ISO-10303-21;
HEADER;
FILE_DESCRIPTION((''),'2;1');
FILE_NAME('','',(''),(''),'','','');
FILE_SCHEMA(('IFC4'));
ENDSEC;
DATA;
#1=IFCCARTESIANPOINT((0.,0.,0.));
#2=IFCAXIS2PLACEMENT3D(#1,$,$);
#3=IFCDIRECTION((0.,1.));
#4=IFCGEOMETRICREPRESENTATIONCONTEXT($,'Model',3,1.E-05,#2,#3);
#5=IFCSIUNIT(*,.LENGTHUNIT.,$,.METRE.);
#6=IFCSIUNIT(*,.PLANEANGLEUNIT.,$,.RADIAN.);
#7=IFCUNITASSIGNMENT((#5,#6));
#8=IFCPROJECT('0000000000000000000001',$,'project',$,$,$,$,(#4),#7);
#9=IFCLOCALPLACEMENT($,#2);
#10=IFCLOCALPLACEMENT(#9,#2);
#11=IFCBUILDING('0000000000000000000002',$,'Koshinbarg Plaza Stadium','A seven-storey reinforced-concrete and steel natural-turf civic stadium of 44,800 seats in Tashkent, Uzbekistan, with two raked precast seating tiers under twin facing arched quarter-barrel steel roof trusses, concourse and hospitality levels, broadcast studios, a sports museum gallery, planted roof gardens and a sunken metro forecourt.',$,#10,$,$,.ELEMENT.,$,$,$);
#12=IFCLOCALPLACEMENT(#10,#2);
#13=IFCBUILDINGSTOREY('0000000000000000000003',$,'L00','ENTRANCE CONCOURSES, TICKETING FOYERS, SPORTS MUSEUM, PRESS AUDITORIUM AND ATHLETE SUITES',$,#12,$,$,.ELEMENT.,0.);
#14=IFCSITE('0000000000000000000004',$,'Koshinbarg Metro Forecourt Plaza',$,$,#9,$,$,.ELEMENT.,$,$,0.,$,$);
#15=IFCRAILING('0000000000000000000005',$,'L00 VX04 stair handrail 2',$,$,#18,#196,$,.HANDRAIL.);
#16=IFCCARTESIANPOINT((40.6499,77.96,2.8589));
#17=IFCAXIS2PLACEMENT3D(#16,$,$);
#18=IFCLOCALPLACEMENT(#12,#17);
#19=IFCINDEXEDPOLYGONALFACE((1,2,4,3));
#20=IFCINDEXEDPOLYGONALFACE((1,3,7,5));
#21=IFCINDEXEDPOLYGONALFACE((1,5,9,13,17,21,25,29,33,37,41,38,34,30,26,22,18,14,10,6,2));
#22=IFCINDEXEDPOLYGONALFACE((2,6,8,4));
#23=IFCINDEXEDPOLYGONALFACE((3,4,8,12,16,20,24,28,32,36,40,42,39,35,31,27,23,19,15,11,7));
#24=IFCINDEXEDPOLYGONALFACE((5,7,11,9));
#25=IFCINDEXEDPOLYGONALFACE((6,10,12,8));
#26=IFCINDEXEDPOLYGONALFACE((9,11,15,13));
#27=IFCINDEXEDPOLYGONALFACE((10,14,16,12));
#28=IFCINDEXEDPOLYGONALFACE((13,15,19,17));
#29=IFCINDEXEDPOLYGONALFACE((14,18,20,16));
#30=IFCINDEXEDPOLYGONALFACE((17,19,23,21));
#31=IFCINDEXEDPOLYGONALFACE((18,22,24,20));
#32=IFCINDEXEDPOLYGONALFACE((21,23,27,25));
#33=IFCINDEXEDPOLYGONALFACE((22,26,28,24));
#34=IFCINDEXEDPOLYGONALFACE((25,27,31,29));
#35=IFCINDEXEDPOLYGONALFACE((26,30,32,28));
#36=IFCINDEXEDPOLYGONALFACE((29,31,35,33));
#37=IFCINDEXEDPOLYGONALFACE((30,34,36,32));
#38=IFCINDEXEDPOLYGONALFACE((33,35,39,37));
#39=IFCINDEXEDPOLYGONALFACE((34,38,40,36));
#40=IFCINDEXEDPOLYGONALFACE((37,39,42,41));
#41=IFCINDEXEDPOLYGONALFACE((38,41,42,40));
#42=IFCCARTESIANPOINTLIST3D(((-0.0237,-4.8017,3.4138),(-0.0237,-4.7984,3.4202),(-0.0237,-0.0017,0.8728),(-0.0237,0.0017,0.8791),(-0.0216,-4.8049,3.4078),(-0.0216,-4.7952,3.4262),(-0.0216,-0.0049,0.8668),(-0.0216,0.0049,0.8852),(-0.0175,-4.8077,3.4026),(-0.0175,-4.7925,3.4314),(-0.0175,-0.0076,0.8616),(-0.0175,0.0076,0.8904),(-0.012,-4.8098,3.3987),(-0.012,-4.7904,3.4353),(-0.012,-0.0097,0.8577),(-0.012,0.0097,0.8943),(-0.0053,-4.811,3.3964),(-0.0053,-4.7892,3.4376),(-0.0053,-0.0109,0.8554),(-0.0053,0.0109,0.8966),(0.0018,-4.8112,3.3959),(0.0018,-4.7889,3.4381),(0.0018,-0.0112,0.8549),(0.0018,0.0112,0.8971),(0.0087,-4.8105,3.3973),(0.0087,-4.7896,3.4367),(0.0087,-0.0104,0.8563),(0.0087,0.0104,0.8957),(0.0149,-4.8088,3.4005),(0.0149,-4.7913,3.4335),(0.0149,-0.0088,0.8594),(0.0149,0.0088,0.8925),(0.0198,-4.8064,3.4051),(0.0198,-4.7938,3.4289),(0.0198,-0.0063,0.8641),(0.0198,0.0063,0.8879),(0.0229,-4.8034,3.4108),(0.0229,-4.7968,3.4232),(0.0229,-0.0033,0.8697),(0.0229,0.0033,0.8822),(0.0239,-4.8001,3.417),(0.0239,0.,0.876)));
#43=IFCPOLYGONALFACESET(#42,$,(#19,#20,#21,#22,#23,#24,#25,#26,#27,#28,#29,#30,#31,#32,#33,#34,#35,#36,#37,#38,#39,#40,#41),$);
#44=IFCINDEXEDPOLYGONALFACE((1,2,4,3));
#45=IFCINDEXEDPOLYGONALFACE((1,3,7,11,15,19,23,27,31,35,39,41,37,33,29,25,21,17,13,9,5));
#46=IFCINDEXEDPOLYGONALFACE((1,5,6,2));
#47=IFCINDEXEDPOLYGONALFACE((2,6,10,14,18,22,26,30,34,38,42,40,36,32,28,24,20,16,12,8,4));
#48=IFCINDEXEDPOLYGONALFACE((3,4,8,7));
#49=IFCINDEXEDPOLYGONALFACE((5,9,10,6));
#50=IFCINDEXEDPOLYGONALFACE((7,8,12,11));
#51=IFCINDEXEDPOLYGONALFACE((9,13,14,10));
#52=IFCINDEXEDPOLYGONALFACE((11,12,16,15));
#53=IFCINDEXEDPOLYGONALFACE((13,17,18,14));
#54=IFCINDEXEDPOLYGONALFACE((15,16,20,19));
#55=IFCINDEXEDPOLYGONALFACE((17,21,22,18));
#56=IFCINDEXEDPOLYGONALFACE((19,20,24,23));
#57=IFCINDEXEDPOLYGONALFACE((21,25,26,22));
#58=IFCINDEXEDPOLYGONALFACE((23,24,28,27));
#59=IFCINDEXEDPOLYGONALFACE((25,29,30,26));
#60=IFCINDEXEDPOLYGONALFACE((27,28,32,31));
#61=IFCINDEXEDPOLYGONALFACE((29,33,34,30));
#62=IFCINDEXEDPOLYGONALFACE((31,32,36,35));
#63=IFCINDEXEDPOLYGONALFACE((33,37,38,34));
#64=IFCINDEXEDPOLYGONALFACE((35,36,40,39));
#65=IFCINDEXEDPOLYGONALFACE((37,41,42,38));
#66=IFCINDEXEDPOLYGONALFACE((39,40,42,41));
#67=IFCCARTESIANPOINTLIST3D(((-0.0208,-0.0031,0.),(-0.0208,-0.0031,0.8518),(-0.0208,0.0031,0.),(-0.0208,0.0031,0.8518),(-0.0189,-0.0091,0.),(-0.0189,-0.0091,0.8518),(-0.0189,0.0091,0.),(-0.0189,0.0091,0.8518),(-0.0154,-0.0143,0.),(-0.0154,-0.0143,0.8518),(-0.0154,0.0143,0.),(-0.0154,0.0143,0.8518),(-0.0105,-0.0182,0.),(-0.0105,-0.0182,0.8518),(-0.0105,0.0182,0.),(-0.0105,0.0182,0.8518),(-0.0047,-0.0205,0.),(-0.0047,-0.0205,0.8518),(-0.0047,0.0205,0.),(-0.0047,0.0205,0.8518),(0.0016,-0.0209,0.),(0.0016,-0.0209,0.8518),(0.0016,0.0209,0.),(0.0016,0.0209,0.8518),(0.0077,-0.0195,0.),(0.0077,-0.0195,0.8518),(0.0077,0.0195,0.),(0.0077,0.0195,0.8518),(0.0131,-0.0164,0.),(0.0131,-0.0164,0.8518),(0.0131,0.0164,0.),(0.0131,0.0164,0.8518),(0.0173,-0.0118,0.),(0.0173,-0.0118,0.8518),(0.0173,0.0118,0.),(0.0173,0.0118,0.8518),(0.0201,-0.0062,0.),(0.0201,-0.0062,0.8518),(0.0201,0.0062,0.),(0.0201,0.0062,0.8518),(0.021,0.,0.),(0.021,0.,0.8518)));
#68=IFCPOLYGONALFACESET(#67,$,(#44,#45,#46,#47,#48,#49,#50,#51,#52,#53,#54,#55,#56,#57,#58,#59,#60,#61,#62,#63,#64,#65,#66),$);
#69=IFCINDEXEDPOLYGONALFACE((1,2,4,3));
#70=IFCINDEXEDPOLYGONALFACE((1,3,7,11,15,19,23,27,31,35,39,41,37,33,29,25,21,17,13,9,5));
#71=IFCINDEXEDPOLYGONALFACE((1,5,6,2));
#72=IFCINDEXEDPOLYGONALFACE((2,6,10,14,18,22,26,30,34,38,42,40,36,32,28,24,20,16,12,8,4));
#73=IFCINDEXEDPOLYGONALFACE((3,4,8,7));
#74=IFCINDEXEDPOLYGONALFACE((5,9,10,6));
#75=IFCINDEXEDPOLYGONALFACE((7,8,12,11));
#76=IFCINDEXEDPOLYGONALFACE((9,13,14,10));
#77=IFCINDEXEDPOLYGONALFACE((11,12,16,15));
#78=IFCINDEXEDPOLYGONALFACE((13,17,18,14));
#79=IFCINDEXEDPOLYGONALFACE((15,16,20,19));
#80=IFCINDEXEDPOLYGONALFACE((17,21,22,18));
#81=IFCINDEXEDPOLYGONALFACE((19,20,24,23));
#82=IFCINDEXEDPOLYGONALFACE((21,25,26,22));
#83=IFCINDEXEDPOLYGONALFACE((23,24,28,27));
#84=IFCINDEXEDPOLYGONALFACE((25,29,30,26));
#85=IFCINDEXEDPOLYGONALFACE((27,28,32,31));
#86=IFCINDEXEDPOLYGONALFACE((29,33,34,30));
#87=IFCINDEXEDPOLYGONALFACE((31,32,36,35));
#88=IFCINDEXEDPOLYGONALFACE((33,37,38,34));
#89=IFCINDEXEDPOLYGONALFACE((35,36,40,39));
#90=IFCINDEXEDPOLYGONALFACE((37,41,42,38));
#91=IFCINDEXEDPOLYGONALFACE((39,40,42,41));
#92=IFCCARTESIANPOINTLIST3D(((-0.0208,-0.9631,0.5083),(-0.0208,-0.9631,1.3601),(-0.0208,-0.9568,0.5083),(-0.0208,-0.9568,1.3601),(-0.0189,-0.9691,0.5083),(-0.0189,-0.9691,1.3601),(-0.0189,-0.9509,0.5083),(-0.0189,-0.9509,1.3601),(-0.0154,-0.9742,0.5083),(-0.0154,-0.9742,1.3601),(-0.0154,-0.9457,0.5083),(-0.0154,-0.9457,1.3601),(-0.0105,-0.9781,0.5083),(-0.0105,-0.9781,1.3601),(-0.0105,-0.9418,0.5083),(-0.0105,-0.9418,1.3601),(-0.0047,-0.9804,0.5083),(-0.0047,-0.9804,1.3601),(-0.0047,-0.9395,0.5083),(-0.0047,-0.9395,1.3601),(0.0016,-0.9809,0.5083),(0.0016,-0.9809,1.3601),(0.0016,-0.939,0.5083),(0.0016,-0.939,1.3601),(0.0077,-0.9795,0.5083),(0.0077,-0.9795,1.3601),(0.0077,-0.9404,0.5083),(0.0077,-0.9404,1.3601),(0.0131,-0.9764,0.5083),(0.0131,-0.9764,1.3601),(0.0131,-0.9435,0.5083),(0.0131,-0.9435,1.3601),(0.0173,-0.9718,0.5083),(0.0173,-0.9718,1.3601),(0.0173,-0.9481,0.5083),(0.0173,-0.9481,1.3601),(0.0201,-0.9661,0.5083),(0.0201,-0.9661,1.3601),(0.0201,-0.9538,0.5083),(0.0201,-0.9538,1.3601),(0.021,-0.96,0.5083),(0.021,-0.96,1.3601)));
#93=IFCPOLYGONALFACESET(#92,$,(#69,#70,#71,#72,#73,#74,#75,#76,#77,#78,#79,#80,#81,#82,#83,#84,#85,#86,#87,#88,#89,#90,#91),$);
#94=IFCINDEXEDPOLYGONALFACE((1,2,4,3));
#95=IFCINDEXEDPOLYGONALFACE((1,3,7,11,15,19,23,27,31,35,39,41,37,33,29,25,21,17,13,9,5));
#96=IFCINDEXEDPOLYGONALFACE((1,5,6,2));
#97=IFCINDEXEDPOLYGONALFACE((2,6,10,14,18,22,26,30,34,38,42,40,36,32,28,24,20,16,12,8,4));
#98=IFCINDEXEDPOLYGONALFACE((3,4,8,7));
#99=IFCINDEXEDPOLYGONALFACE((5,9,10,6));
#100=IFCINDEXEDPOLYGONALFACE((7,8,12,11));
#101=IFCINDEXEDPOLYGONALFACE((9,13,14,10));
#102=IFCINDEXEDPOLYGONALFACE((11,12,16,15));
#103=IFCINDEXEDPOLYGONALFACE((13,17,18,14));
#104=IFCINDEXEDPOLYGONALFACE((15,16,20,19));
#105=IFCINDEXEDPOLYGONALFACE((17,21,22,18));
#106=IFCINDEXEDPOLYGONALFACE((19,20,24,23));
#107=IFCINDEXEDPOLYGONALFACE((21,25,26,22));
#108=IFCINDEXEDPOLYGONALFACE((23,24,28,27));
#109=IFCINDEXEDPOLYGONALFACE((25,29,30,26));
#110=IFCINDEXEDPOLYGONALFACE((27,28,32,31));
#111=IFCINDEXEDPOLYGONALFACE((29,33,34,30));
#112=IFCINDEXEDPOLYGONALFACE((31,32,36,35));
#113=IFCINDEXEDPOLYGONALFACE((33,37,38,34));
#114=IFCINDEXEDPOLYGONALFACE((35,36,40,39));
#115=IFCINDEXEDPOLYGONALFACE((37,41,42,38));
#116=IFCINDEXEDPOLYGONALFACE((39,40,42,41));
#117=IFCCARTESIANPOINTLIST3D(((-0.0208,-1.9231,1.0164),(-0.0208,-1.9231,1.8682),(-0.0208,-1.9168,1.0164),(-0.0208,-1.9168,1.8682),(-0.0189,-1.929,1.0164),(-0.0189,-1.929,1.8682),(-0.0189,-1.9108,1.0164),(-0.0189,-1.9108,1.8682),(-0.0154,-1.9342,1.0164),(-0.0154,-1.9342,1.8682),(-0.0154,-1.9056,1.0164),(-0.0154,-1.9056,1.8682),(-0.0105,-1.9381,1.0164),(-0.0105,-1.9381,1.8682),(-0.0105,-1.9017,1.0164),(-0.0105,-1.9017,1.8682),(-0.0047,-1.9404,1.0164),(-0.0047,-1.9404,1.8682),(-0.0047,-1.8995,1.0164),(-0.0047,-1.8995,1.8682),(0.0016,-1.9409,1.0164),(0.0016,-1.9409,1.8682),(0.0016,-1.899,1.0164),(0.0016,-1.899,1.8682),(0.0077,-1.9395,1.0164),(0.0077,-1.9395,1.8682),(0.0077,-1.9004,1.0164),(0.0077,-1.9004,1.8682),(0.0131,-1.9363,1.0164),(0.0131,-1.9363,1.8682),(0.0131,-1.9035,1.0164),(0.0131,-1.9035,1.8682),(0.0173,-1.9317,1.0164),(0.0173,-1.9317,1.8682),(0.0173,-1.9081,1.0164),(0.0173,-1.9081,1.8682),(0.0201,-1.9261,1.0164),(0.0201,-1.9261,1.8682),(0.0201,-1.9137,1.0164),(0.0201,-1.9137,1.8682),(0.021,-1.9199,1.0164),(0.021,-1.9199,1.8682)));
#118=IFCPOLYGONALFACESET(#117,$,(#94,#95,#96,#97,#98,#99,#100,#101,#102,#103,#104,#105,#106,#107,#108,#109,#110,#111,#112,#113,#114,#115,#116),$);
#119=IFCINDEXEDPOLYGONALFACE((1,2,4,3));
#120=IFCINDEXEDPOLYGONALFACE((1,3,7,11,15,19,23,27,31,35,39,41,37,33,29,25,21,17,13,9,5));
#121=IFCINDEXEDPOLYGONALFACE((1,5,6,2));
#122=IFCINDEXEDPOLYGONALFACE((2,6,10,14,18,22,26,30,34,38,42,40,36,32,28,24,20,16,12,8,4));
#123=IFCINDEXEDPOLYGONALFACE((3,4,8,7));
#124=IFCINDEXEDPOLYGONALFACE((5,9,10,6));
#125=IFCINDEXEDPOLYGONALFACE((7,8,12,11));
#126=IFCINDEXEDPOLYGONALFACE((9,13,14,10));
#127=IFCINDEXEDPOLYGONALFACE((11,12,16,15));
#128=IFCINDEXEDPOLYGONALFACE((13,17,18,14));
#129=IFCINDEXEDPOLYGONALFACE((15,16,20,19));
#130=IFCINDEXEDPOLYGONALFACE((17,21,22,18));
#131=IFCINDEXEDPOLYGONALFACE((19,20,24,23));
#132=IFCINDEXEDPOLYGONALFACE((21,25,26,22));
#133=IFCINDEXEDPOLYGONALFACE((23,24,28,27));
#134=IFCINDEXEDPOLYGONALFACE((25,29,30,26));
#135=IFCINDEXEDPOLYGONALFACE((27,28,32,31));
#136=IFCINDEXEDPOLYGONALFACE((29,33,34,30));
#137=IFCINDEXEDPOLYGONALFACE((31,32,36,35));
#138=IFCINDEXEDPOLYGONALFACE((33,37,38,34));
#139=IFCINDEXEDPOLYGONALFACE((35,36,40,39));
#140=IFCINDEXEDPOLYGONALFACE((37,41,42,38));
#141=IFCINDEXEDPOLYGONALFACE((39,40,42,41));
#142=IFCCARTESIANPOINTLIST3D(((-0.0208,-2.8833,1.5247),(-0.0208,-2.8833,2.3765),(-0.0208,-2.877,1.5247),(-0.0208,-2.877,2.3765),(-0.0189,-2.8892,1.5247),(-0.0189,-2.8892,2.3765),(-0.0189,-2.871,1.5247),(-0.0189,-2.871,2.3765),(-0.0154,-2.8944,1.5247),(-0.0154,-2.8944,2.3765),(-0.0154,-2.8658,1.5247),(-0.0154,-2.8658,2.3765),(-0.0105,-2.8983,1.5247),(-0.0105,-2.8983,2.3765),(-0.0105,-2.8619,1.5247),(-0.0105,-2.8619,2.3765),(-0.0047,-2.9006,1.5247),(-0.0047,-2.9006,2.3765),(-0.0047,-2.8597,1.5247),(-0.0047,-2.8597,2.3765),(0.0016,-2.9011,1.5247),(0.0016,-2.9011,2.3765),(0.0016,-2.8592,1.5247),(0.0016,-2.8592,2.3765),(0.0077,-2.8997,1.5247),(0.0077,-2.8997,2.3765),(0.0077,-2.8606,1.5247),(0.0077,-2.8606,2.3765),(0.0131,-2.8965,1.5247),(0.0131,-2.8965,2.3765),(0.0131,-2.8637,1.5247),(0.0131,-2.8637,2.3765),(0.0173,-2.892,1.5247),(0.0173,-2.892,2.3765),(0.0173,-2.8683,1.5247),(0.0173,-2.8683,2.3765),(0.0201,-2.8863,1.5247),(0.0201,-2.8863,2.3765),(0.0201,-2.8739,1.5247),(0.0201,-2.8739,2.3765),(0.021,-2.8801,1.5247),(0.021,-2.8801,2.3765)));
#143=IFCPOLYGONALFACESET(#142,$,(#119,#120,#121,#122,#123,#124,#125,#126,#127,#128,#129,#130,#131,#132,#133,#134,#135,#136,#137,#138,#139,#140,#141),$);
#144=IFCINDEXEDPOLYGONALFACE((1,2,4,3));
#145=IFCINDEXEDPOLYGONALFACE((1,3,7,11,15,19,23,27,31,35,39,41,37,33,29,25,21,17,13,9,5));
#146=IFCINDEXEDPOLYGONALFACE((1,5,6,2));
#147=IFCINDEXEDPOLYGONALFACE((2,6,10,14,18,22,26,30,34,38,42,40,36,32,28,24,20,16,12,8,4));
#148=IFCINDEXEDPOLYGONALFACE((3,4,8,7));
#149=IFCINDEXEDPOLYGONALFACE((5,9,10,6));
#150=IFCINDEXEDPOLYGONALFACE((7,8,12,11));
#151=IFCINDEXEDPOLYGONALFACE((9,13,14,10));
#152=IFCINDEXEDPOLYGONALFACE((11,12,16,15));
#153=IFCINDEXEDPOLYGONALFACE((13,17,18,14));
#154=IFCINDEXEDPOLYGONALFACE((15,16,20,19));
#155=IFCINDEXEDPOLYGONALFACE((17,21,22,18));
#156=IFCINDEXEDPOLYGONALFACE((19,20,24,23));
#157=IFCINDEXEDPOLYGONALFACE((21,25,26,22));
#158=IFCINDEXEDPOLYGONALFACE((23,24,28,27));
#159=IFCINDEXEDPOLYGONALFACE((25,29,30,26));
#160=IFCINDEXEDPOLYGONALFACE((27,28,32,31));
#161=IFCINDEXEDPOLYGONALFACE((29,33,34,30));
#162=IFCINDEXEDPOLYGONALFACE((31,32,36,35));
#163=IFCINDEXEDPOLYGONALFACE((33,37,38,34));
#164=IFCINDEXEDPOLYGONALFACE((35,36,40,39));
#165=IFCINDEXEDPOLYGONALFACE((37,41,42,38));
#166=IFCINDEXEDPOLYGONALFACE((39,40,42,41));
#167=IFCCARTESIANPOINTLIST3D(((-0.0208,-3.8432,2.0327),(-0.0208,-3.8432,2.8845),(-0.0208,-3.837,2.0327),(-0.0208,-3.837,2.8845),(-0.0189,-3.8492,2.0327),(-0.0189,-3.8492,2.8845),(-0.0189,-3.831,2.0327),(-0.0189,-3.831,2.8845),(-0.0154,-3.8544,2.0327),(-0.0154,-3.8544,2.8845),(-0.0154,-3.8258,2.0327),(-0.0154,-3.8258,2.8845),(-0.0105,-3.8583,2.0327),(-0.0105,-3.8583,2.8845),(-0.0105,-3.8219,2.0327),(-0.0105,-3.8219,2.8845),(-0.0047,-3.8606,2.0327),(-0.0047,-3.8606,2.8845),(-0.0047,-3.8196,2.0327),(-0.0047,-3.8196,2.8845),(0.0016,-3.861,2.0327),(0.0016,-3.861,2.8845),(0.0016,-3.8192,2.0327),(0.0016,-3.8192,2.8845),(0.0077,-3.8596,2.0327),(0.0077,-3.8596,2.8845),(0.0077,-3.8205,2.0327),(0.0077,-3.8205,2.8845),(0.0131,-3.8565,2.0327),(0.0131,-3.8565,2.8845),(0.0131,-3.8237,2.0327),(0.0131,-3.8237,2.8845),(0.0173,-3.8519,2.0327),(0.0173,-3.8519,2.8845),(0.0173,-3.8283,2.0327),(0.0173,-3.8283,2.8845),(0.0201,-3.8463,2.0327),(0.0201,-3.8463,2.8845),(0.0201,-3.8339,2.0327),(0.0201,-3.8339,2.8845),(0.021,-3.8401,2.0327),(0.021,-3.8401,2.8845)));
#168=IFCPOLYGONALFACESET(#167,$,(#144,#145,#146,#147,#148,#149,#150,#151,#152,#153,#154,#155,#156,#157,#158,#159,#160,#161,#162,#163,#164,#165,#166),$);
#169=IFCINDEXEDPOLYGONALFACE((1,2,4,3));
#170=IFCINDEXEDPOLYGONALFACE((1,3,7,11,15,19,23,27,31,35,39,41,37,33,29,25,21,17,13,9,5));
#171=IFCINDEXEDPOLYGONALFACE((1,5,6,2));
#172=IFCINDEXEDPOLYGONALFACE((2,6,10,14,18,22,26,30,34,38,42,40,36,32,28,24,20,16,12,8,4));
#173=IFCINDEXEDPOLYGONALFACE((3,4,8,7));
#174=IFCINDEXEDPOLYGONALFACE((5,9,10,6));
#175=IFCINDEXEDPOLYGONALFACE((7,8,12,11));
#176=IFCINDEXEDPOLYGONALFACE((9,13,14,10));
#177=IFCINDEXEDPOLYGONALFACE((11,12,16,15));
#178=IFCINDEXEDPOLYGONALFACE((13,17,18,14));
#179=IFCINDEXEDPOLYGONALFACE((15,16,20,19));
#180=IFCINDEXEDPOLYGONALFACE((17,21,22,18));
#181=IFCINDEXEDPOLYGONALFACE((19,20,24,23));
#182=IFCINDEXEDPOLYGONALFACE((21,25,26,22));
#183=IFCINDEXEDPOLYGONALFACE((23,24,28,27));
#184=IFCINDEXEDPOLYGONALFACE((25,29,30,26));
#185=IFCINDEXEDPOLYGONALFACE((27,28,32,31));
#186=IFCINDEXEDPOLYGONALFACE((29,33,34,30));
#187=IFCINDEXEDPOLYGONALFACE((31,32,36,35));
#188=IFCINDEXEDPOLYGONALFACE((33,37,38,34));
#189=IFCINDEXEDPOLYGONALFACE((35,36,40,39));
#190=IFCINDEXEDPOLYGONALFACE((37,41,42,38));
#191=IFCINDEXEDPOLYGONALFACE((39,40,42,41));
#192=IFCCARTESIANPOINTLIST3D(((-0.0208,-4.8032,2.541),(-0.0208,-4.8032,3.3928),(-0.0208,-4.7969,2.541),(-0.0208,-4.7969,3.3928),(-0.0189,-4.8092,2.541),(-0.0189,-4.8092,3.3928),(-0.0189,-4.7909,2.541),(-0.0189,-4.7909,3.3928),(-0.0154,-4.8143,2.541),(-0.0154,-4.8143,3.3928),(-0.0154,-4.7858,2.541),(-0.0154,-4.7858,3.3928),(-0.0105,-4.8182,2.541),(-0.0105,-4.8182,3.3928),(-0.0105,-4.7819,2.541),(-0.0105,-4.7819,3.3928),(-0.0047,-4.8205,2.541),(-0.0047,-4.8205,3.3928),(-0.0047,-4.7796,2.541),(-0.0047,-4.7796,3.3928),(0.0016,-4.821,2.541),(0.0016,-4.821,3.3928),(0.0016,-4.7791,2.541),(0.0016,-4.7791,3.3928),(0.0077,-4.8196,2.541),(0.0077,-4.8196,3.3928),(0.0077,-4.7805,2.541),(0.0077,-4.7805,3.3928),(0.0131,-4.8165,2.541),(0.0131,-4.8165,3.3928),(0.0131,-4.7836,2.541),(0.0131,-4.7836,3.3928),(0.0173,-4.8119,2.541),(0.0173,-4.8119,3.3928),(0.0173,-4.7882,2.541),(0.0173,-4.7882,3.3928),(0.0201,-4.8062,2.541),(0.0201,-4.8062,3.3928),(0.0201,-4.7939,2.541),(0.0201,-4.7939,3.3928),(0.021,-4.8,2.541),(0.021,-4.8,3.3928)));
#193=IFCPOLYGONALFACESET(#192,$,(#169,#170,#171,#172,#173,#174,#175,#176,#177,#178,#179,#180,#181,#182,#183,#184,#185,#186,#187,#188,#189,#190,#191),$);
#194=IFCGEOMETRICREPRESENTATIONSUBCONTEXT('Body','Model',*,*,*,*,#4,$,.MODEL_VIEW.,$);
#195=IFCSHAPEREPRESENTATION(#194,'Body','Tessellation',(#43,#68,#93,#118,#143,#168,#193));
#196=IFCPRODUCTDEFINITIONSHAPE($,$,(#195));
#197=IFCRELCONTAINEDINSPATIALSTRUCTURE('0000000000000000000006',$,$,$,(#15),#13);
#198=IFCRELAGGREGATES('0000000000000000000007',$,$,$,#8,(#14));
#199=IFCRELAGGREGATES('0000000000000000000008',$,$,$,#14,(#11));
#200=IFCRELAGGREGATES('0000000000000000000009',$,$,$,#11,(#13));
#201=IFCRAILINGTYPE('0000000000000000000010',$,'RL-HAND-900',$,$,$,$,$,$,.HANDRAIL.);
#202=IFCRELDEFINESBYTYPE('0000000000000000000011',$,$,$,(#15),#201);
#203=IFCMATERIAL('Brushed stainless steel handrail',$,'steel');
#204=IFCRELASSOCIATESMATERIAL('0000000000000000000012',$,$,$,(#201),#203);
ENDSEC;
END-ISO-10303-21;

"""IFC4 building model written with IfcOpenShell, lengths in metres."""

from ifc_helpers import new_model, si_unit, direction, frame, origin, origin_2d, place, context, subcontext, project, spatial, circle, extrude, material, type_object, element, save


model = new_model("IFC4")

# Units and contexts
model_context = context("Model", 3, precision=1e-05, world=origin(), true_north=direction((0.0, 1.0)))
body_context = subcontext(model_context, "Body", "Model", "MODEL_VIEW")
ifc_project = project(units=[si_unit("LENGTHUNIT", "METRE"), si_unit("PLANEANGLEUNIT", "RADIAN")], contexts=[model_context])

# Site, building, storey
site_placement = place(None, origin())
site = spatial("IfcSite", under=ifc_project, at=site_placement, Name="Koshinbarg Metro Forecourt Plaza", CompositionType="ELEMENT", RefElevation=0.0)
building_placement = place(site_placement, origin())
building = spatial("IfcBuilding", under=site, at=building_placement, Name="Koshinbarg Plaza Stadium", Description="A seven-storey reinforced-concrete and steel natural-turf civic stadium of 44,800 seats in Tashkent, Uzbekistan, with two raked precast seating tiers under twin facing arched quarter-barrel steel roof trusses, concourse and hospitality levels, broadcast studios, a sports museum gallery, planted roof gardens and a sunken metro forecourt.", CompositionType="ELEMENT")
storey_placement = place(building_placement, origin())
storey = spatial("IfcBuildingStorey", under=building, at=storey_placement, Name="L00", Description="ENTRANCE CONCOURSES, TICKETING FOYERS, SPORTS MUSEUM, PRESS AUDITORIUM AND ATHLETE SUITES", CompositionType="ELEMENT", Elevation=0.0)

# Railing
ifc_material_1 = material(Name="Brushed stainless steel handrail", Category="steel")
railing_type_1 = type_object("IfcRailingType", Name="RL-HAND-900", PredefinedType="HANDRAIL", material=ifc_material_1)
railing_1_placement = place(storey_placement, frame((40.6499, 77.96, 2.8589)))
element("IfcRailing", 1, at=railing_1_placement, inside=storey, type_object=railing_type_1, Name="L00 VX04 stair handrail 2", PredefinedType="HANDRAIL", context=body_context, shape_type="SweptSolid", body=[
    extrude(circle(Radius=0.0239, at=origin_2d()), frame((0.0, 0.0, 0.876), z_axis=(0.0, -0.883802, 0.467861), x_axis=(1.0, 0.0, 0.0)), (0.0, 0.0, 1.0), 5.4312),
    extrude(circle(Radius=0.021, at=origin_2d()), origin(), (0.0, 0.0, 1.0), 0.8518),
    extrude(circle(Radius=0.021, at=origin_2d()), frame((0.0, -0.96, 0.5083)), (0.0, 0.0, 1.0), 0.8518),
    extrude(circle(Radius=0.021, at=origin_2d()), frame((0.0, -1.9199, 1.0164)), (0.0, 0.0, 1.0), 0.8518),
    extrude(circle(Radius=0.021, at=origin_2d()), frame((0.0, -2.8801, 1.5247)), (0.0, 0.0, 1.0), 0.8518),
    extrude(circle(Radius=0.021, at=origin_2d()), frame((0.0, -3.8401, 2.0327)), (0.0, 0.0, 1.0), 0.8518),
    extrude(circle(Radius=0.021, at=origin_2d()), frame((0.0, -4.8, 2.541)), (0.0, 0.0, 1.0), 0.8518),
])

save(model, "model.ifc")
